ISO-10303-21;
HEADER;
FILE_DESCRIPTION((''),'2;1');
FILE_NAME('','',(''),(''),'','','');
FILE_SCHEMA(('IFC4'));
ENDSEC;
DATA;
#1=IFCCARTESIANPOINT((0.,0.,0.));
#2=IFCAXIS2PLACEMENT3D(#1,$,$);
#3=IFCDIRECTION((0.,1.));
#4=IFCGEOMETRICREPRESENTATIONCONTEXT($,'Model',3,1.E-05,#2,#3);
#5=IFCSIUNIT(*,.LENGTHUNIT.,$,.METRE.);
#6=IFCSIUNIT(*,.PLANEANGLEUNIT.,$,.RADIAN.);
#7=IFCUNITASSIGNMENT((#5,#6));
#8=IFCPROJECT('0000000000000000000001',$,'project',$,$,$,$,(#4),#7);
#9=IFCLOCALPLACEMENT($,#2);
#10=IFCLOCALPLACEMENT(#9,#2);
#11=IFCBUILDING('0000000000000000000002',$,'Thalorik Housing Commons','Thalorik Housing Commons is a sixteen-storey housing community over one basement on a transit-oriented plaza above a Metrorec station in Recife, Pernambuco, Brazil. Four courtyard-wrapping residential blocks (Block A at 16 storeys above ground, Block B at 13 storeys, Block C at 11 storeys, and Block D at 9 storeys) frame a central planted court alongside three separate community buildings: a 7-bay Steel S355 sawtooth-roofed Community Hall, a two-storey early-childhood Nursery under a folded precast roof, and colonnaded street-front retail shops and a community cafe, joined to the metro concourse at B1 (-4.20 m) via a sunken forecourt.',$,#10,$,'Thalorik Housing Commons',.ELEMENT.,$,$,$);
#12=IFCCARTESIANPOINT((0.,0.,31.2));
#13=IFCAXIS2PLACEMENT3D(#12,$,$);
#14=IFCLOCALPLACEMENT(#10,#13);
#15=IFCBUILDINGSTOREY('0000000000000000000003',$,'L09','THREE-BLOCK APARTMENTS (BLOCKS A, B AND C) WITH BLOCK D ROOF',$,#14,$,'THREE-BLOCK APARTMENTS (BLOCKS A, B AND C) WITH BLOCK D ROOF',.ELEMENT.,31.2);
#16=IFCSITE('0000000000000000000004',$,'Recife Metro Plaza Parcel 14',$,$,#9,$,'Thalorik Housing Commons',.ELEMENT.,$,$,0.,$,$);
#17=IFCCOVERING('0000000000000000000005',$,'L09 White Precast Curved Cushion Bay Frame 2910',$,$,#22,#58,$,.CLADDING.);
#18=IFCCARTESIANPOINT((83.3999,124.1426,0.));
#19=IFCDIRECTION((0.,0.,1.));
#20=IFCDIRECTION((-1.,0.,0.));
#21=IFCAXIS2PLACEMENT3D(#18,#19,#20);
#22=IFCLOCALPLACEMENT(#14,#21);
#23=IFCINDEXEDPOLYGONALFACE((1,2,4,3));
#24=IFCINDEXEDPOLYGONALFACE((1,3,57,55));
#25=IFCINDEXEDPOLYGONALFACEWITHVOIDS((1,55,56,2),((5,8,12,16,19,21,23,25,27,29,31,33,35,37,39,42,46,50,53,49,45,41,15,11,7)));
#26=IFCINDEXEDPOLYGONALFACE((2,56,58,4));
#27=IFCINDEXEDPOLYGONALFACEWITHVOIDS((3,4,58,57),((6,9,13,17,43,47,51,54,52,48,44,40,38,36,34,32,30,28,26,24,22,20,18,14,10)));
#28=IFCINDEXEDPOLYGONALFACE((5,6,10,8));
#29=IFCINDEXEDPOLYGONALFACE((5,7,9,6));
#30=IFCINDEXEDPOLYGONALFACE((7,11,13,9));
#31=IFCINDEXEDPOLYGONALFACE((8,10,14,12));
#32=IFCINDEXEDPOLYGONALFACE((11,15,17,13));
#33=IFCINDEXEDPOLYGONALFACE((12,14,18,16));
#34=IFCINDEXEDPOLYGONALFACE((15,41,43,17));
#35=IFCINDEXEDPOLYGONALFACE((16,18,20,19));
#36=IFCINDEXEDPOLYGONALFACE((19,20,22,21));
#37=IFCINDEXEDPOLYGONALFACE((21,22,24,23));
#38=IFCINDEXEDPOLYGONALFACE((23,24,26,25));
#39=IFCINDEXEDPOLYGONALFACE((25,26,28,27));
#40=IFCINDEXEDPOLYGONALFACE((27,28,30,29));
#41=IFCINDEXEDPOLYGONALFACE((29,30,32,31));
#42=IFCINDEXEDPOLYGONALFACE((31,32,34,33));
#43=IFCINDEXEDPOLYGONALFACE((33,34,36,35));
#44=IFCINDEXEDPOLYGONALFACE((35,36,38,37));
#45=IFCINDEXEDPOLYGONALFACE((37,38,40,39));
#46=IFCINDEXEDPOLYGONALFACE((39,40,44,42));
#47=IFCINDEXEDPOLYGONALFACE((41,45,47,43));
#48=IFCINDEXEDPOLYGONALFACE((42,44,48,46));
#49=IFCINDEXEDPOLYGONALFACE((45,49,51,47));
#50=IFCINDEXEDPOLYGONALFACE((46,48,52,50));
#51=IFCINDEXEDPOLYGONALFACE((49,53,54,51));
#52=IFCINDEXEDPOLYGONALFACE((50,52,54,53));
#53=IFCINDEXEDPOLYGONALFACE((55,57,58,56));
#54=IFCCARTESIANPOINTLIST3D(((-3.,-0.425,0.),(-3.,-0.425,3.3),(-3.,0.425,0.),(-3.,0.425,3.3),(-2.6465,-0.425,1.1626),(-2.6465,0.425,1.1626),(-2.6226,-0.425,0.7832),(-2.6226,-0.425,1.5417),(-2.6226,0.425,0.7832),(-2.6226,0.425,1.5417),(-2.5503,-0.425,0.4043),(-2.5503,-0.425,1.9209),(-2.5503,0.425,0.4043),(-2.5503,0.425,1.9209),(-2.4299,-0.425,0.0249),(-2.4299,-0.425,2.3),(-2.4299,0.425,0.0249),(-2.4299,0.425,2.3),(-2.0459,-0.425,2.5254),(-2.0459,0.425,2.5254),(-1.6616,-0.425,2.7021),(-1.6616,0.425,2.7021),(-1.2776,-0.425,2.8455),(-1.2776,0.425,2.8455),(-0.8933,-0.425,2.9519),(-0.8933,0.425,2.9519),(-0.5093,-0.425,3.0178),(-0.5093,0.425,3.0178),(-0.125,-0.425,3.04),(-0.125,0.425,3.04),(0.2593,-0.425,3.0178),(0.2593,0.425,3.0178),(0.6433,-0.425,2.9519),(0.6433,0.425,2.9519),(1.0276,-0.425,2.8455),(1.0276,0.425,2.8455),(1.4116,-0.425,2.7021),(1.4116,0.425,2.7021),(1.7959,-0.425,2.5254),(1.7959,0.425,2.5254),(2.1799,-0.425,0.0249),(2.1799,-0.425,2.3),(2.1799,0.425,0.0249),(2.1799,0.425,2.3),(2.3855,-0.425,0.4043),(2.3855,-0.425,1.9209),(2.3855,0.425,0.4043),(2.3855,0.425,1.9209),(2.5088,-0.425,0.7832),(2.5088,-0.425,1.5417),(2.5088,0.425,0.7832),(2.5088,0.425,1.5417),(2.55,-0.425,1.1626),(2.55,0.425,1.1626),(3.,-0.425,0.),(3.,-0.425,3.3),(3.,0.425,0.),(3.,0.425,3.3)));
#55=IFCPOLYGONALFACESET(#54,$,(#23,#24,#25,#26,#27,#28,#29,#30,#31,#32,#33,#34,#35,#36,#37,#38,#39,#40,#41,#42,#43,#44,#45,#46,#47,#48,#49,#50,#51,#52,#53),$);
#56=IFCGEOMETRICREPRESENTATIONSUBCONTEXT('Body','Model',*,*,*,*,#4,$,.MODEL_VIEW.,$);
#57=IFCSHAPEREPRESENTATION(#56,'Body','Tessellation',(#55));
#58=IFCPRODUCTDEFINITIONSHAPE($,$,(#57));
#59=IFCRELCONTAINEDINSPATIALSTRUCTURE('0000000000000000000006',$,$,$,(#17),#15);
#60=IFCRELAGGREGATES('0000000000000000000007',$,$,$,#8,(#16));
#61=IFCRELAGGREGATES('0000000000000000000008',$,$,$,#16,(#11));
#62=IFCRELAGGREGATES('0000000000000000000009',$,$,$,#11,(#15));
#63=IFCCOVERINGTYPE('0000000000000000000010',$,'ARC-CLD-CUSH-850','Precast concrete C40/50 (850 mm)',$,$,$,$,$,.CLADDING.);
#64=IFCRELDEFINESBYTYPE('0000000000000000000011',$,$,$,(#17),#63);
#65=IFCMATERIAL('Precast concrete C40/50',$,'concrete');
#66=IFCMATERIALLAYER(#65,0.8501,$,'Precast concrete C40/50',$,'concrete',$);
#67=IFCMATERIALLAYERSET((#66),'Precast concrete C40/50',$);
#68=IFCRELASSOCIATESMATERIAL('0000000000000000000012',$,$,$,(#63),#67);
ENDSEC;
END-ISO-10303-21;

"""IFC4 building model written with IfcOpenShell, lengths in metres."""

from ifc_helpers import new_model, si_unit, direction, frame, origin, place, context, subcontext, project, spatial, polyline, outline, extrude, material, layer, layer_set, type_object, element, save


model = new_model("IFC4")

# Units and contexts
model_context = context("Model", 3, precision=1e-05, world=origin(), true_north=direction((0.0, 1.0)))
body_context = subcontext(model_context, "Body", "Model", "MODEL_VIEW")
ifc_project = project(units=[si_unit("LENGTHUNIT", "METRE"), si_unit("PLANEANGLEUNIT", "RADIAN")], contexts=[model_context])

# Site, building, storey
site_placement = place(None, origin())
site = spatial("IfcSite", under=ifc_project, at=site_placement, Name="Recife Metro Plaza Parcel 14", LongName="Thalorik Housing Commons", CompositionType="ELEMENT", RefElevation=0.0)
building_placement = place(site_placement, origin())
building = spatial("IfcBuilding", under=site, at=building_placement, Name="Thalorik Housing Commons", Description="Thalorik Housing Commons is a sixteen-storey housing community over one basement on a transit-oriented plaza above a Metrorec station in Recife, Pernambuco, Brazil. Four courtyard-wrapping residential blocks (Block A at 16 storeys above ground, Block B at 13 storeys, Block C at 11 storeys, and Block D at 9 storeys) frame a central planted court alongside three separate community buildings: a 7-bay Steel S355 sawtooth-roofed Community Hall, a two-storey early-childhood Nursery under a folded precast roof, and colonnaded street-front retail shops and a community cafe, joined to the metro concourse at B1 (-4.20 m) via a sunken forecourt.", LongName="Thalorik Housing Commons", CompositionType="ELEMENT")
storey_placement = place(building_placement, frame((0.0, 0.0, 31.2)))
storey = spatial("IfcBuildingStorey", under=building, at=storey_placement, Name="L09", Description="THREE-BLOCK APARTMENTS (BLOCKS A, B AND C) WITH BLOCK D ROOF", LongName="THREE-BLOCK APARTMENTS (BLOCKS A, B AND C) WITH BLOCK D ROOF", CompositionType="ELEMENT", Elevation=31.2)

# Shared definitions
ifc_material_1 = material(Name="Precast concrete C40/50", Category="concrete")

# Covering
ifc_layer_1 = layer(ifc_material_1, 0.8501, Name="Precast concrete C40/50", Category="concrete")
ifc_layer_set_1 = layer_set([ifc_layer_1], Name="Precast concrete C40/50")
covering_type_1 = type_object("IfcCoveringType", Name="ARC-CLD-CUSH-850", Description="Precast concrete C40/50 (850 mm)", PredefinedType="CLADDING", material=ifc_layer_set_1)
covering_1_placement = place(storey_placement, frame((83.3999, 124.1426, 0.0), z_axis=(0.0, 0.0, 1.0), x_axis=(-1.0, 0.0, 0.0)))
element("IfcCovering", 1, at=covering_1_placement, inside=storey, type_object=covering_type_1, Name="L09 White Precast Curved Cushion Bay Frame 2910", PredefinedType="CLADDING", context=body_context, shape_type="SweptSolid", body=[
    extrude(outline(polyline([(-3.0, 0.0), (3.0, 0.0), (3.0, 3.3), (-3.0, 3.3), (-3.0, 0.0)]), holes=[polyline([(2.1799, 0.0249), (2.3855, 0.4043), (2.5088, 0.7832), (2.55, 1.1626), (2.5088, 1.5417), (2.3855, 1.9209), (2.1799, 2.3), (1.7959, 2.5254), (1.4116, 2.7021), (1.0276, 2.8455), (0.6433, 2.9519), (0.2593, 3.0178), (-0.125, 3.04), (-0.5093, 3.0178), (-0.8933, 2.9519), (-1.2776, 2.8455), (-1.6616, 2.7021), (-2.0459, 2.5254), (-2.4299, 2.3), (-2.5503, 1.9209), (-2.6226, 1.5417), (-2.6465, 1.1626), (-2.6226, 0.7832), (-2.5503, 0.4043), (-2.4299, 0.0249), (2.1799, 0.0249)])]), frame((0.0, 0.425, 0.0), z_axis=(0.0, -1.0, 0.0), x_axis=(1.0, 0.0, 0.0)), (0.0, 0.0, 1.0), 0.8501),
])

save(model, "model.ifc")
